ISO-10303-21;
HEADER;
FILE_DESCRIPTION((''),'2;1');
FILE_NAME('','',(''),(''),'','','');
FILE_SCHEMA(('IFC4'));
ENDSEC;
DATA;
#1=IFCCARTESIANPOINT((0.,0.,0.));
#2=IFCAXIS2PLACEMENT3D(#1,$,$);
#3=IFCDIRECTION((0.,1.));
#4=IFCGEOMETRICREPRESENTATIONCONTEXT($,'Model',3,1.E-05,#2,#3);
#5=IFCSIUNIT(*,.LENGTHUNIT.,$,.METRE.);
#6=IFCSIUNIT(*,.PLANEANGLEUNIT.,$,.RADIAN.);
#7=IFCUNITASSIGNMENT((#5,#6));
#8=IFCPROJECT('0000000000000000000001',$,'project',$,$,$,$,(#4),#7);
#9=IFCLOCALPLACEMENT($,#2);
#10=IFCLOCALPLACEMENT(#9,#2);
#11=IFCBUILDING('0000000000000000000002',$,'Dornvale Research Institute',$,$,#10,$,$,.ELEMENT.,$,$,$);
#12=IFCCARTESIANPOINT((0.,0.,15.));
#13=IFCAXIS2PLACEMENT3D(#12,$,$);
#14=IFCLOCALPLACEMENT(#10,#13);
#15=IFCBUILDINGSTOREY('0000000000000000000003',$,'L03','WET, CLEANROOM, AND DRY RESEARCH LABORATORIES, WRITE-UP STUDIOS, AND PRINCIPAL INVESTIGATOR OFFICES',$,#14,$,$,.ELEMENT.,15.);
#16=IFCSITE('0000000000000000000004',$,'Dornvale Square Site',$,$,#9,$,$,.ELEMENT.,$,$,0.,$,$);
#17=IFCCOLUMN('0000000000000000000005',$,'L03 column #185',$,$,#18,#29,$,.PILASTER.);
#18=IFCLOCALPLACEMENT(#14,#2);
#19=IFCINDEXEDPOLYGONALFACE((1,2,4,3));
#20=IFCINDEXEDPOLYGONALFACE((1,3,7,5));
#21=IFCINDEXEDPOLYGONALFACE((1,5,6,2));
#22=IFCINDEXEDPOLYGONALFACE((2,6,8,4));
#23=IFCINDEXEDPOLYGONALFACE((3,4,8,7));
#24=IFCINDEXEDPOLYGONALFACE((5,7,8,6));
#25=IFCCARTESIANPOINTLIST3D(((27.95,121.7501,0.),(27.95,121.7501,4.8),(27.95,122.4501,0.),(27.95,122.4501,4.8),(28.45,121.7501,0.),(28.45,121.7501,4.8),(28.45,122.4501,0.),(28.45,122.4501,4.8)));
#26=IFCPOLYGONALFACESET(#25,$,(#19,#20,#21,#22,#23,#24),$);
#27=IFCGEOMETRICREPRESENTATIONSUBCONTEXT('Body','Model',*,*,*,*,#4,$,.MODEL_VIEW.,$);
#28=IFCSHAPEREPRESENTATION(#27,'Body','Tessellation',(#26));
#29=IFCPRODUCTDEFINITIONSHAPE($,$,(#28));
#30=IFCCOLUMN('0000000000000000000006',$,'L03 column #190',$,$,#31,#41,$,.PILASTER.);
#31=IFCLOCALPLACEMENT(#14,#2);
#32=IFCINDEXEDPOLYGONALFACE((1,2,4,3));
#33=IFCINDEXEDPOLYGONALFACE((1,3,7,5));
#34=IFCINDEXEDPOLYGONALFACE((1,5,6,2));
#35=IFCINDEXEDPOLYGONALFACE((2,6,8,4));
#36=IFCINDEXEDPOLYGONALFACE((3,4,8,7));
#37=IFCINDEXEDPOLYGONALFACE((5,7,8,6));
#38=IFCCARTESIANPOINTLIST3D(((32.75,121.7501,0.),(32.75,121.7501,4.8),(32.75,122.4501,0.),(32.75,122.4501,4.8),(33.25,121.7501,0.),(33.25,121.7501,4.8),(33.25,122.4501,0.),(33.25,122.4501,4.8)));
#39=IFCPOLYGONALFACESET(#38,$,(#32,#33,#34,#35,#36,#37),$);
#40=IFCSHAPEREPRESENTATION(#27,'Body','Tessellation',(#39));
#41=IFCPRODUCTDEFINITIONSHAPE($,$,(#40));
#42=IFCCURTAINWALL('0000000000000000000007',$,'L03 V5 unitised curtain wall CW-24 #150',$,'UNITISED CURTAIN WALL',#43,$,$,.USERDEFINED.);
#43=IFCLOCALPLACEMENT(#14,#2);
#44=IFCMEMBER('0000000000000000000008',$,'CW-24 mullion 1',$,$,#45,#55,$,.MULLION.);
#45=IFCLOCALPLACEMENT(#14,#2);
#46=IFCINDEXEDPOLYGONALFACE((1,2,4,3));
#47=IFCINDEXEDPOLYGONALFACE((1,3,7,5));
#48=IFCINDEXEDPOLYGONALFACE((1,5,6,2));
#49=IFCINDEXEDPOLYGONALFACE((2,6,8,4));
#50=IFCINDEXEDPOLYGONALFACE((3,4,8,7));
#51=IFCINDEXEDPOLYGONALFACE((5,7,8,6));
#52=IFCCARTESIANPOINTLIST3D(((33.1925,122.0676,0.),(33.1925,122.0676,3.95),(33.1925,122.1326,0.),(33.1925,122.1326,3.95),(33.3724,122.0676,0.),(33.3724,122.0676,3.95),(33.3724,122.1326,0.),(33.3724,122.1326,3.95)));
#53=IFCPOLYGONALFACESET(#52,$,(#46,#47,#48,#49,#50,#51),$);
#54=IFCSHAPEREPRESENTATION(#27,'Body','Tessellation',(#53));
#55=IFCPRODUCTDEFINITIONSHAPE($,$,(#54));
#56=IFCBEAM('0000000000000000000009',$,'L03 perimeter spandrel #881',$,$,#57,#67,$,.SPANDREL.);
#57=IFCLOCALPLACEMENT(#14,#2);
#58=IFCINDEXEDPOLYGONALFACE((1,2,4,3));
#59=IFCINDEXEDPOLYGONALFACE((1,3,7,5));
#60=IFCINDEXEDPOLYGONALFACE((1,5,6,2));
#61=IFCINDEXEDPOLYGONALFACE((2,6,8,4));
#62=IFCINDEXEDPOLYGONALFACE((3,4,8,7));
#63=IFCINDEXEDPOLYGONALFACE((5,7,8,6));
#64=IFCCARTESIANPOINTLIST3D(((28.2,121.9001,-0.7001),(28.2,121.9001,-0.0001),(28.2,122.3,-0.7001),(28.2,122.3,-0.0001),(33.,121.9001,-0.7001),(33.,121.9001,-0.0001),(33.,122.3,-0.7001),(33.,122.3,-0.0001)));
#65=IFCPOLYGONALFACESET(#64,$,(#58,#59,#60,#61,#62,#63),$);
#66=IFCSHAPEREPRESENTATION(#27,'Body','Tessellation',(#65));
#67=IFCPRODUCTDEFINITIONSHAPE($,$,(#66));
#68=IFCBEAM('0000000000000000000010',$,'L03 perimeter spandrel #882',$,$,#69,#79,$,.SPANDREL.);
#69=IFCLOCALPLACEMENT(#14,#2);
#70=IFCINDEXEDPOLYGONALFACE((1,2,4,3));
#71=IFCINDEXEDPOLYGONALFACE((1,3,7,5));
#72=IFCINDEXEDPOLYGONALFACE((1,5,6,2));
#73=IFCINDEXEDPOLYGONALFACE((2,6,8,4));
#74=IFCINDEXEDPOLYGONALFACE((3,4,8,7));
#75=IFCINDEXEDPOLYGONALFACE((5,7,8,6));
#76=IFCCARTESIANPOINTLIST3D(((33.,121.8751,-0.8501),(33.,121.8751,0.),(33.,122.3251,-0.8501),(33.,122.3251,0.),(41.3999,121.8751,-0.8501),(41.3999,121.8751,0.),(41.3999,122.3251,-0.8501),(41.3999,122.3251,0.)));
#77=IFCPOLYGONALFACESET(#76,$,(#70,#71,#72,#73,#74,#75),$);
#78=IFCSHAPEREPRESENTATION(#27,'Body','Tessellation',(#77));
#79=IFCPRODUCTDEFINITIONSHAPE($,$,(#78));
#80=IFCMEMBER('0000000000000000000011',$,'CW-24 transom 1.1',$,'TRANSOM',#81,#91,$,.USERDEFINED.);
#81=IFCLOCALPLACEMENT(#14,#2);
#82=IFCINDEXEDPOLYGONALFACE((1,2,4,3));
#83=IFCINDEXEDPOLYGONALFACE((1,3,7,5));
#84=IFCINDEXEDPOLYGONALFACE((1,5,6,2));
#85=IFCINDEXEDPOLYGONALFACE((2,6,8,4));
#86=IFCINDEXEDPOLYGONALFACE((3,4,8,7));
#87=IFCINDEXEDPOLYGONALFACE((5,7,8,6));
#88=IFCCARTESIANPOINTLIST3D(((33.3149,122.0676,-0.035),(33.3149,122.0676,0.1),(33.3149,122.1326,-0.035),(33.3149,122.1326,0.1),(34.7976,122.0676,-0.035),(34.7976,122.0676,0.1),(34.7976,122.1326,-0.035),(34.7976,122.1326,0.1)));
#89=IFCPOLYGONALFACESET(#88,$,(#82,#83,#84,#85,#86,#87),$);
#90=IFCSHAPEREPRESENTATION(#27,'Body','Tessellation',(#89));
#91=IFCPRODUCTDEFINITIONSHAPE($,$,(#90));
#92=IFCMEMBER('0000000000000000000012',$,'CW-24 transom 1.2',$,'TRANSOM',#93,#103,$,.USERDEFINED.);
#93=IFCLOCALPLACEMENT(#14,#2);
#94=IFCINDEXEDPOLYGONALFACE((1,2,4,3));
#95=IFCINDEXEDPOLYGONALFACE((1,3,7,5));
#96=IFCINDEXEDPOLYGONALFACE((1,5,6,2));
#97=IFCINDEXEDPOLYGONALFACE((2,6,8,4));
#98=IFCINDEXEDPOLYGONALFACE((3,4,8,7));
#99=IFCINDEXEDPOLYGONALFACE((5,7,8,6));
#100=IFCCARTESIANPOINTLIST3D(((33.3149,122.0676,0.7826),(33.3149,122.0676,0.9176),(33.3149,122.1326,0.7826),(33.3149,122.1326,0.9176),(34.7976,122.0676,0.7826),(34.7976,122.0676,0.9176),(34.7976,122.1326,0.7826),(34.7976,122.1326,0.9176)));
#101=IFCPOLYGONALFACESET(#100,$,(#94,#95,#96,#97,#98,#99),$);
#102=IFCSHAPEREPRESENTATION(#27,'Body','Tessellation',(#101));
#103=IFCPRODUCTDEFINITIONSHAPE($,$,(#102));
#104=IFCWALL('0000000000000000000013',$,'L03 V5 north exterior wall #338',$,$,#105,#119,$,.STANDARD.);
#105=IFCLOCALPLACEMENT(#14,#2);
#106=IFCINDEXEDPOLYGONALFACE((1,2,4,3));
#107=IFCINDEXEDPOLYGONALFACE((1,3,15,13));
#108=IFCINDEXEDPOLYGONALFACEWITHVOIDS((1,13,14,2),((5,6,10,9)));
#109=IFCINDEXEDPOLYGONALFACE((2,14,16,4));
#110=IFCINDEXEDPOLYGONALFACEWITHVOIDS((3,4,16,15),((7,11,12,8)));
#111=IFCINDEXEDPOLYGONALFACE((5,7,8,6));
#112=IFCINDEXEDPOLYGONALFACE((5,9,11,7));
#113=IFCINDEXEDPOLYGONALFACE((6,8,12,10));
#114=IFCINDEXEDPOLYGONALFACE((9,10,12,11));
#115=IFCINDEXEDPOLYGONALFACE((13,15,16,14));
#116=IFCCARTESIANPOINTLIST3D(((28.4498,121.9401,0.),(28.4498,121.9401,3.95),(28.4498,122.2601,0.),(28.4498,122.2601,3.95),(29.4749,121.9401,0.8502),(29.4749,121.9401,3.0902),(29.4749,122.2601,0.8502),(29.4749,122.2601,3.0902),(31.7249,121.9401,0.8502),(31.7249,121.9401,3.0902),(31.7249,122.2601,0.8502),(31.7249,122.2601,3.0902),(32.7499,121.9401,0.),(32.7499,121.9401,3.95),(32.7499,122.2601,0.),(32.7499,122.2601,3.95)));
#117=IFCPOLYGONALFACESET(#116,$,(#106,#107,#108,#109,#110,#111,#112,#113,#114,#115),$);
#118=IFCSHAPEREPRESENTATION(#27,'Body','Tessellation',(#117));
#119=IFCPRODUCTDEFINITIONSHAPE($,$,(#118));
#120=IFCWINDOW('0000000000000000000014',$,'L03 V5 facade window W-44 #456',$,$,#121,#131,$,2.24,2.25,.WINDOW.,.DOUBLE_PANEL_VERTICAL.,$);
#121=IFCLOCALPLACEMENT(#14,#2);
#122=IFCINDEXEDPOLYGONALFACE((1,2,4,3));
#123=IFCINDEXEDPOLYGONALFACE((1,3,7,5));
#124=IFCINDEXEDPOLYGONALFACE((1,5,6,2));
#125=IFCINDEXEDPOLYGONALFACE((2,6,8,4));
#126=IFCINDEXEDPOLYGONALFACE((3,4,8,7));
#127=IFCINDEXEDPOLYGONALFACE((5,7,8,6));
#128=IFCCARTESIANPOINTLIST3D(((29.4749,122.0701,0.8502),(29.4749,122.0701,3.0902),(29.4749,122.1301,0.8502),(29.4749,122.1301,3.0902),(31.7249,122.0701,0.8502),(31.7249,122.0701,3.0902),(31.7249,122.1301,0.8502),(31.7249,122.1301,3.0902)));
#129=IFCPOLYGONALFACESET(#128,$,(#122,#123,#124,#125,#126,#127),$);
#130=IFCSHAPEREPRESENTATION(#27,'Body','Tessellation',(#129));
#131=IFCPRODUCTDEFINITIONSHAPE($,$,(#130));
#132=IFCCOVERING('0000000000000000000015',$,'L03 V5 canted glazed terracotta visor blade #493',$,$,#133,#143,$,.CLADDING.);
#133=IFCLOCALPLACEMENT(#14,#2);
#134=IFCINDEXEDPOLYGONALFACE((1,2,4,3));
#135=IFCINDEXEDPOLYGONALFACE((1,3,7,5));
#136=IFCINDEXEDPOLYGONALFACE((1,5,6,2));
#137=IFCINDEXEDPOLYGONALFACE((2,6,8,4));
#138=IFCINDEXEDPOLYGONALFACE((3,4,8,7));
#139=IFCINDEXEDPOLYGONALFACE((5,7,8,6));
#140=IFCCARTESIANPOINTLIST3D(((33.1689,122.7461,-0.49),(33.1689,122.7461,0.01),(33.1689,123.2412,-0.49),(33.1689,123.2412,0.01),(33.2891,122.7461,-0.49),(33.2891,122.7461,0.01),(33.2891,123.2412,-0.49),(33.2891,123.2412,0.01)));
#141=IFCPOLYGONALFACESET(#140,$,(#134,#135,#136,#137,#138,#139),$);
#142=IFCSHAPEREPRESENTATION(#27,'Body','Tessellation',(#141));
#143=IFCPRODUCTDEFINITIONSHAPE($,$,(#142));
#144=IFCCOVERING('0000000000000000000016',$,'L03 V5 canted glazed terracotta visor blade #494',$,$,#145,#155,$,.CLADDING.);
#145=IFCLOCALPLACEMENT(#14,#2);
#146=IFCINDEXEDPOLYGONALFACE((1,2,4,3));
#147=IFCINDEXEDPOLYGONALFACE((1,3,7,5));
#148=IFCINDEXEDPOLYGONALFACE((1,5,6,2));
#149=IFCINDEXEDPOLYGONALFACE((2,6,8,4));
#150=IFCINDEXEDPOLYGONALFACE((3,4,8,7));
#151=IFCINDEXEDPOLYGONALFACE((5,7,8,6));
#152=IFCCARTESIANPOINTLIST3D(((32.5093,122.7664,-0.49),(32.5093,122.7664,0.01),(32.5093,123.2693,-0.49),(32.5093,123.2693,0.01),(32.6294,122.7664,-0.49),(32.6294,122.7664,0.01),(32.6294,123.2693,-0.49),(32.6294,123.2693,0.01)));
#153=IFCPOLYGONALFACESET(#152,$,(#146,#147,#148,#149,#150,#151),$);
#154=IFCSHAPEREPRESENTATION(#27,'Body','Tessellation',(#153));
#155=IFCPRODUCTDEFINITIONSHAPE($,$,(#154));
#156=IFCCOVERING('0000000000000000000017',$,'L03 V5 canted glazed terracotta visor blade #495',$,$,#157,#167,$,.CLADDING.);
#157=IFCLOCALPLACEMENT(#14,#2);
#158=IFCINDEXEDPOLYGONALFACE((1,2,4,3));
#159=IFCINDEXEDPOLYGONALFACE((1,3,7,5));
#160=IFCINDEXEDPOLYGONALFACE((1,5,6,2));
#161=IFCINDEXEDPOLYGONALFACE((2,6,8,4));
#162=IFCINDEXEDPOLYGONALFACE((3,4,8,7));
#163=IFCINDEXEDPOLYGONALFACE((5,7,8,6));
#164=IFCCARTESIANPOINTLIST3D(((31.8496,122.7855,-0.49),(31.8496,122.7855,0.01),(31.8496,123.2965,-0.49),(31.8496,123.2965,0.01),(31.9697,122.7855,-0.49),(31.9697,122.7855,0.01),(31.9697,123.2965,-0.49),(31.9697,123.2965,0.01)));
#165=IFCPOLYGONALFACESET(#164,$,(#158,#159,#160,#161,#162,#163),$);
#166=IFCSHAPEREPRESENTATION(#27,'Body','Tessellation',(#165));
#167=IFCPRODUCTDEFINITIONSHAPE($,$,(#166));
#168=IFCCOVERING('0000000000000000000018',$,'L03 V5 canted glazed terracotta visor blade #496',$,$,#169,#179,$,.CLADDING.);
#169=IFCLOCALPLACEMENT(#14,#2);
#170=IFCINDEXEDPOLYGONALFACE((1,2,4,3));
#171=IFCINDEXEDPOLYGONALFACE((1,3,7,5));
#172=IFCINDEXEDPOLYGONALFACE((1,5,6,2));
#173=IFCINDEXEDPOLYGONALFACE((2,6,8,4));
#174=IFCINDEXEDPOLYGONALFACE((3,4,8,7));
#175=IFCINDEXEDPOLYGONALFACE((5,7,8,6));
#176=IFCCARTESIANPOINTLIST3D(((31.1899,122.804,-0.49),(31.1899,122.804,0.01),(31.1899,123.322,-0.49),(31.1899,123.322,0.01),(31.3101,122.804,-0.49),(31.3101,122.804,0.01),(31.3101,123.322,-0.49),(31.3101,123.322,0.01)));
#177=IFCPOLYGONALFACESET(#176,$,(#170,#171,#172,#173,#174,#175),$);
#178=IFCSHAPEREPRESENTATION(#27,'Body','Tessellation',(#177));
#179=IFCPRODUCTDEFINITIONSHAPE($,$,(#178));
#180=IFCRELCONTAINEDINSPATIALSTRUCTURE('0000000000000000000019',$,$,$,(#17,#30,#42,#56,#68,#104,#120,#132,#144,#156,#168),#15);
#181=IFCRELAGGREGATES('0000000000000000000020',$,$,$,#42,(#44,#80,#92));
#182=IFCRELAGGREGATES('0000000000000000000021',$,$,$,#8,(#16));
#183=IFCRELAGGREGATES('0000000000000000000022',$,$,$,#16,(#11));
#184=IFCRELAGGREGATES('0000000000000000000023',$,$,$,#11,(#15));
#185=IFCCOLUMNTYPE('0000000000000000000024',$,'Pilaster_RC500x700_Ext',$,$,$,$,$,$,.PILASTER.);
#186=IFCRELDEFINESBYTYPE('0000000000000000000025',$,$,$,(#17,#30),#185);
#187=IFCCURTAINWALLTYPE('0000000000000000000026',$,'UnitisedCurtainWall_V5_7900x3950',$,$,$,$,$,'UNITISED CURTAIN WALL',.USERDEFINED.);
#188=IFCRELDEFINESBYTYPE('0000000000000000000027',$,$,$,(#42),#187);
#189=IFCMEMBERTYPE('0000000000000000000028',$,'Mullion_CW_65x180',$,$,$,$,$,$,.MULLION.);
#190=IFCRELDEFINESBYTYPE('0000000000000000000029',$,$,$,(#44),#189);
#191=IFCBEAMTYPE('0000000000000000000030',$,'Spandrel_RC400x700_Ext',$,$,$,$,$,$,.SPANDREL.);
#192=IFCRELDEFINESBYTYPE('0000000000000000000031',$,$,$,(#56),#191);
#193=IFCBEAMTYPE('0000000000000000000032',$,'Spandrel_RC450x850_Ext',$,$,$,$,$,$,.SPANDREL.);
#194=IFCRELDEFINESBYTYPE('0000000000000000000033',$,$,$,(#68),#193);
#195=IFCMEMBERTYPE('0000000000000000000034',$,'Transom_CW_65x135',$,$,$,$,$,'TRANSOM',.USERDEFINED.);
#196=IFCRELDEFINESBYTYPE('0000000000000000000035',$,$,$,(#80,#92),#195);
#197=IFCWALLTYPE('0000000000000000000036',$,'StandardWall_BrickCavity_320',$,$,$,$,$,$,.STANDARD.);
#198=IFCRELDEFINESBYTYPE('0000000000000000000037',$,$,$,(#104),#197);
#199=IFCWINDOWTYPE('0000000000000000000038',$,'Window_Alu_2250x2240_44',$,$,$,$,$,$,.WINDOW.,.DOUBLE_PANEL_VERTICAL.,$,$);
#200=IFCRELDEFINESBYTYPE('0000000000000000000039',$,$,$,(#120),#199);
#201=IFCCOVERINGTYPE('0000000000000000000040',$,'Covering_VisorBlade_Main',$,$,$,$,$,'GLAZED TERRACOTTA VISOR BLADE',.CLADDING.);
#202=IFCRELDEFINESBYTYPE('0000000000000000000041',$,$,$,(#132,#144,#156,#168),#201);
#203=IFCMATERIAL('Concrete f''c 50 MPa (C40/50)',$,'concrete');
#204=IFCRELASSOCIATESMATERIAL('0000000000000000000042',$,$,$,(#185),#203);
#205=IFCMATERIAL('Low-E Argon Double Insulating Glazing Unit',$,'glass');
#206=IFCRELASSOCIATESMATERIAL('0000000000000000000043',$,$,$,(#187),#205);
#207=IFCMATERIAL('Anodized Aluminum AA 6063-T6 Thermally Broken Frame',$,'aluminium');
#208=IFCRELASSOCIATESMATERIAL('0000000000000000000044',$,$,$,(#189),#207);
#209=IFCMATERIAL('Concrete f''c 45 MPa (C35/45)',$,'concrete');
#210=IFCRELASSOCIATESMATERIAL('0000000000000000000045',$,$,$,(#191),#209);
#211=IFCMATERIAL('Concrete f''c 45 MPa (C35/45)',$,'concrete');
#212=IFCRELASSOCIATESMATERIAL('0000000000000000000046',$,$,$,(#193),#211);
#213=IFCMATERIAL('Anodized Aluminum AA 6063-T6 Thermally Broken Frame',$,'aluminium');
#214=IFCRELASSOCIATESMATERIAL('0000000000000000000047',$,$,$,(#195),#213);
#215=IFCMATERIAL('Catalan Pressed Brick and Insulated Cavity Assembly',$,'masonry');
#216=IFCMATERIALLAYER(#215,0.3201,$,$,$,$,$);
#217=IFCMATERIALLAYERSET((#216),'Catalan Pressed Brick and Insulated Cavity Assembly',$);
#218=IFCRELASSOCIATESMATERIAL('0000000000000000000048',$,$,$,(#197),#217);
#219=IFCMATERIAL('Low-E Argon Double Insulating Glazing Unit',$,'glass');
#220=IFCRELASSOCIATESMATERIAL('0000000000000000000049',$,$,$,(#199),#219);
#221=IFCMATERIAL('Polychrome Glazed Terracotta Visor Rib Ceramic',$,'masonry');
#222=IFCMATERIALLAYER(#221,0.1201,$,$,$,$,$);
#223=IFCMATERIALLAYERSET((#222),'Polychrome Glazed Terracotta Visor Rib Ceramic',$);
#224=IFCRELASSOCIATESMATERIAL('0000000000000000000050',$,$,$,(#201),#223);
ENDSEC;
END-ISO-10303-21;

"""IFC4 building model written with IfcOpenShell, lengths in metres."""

from ifc_helpers import new_model, si_unit, direction, frame, frame_2d, origin, origin_2d, place, context, subcontext, project, spatial, rectangle, extrude, material, layer, layer_set, material_profile, profile_set, type_object, element, fill, aggregate, save


model = new_model("IFC4")

# Units and contexts
model_context = context("Model", 3, precision=1e-05, world=origin(), true_north=direction((0.0, 1.0)))
body_context = subcontext(model_context, "Body", "Model", "MODEL_VIEW")
ifc_project = project(units=[si_unit("LENGTHUNIT", "METRE"), si_unit("PLANEANGLEUNIT", "RADIAN")], contexts=[model_context])

# Site, building, storey
site_placement = place(None, origin())
site = spatial("IfcSite", under=ifc_project, at=site_placement, Name="Dornvale Square Site", CompositionType="ELEMENT", RefElevation=0.0)
building_placement = place(site_placement, origin())
building = spatial("IfcBuilding", under=site, at=building_placement, Name="Dornvale Research Institute", CompositionType="ELEMENT")
storey_placement = place(building_placement, frame((0.0, 0.0, 15.0)))
storey = spatial("IfcBuildingStorey", under=building, at=storey_placement, Name="L03", Description="WET, CLEANROOM, AND DRY RESEARCH LABORATORIES, WRITE-UP STUDIOS, AND PRINCIPAL INVESTIGATOR OFFICES", CompositionType="ELEMENT", Elevation=15.0)

# Columns
ifc_material_1 = material(Name="Concrete f'c 50 MPa (C40/50)", Category="concrete")
ifc_material_profile_1 = material_profile(ifc_material_1, rectangle(XDim=0.5, YDim=0.7, at=origin_2d()), Name="RC 500x700")
ifc_profile_set_1 = profile_set([ifc_material_profile_1], Name="Concrete f'c 50 MPa (C40/50)")
column_type = type_object("IfcColumnType", Name="Pilaster_RC500x700_Ext", PredefinedType="PILASTER", material=ifc_profile_set_1)
for number, where, z_axis, x_axis, name in (
    (1, (28.2, 122.1001, 0.0), (0.0, 0.0, 1.0), (1.0, 0.0, 0.0), "L03 column #185"),
    (2, (33.0, 122.1001, 0.0), (0.0, 0.0, 1.0), (1.0, 0.0, 0.0), "L03 column #190"),
):
    element("IfcColumn", number, at=place(storey_placement, frame(where, z_axis=z_axis, x_axis=x_axis)), inside=storey, type_object=column_type, Name=name, PredefinedType="PILASTER", context=body_context, shape_type="SweptSolid", body=[
        extrude(rectangle(XDim=0.5, YDim=0.7, at=origin_2d()), origin(), (0.0, 0.0, 1.0), 4.8),
    ])

# Curtain wall, member
ifc_material_2 = material(Name="Low-E Argon Double Insulating Glazing Unit", Category="glass")
curtain_wall_type = type_object("IfcCurtainWallType", Name="UnitisedCurtainWall_V5_7900x3950", ElementType="UNITISED CURTAIN WALL", PredefinedType="USERDEFINED", material=ifc_material_2)
curtain_wall_placement = place(storey_placement, origin())
curtain_wall = element("IfcCurtainWall", 3, at=curtain_wall_placement, inside=storey, type_object=curtain_wall_type, Name="L03 V5 unitised curtain wall CW-24 #150", ObjectType="UNITISED CURTAIN WALL", PredefinedType="USERDEFINED")
ifc_material_3 = material(Name="Anodized Aluminum AA 6063-T6 Thermally Broken Frame", Category="aluminium")
ifc_material_profile_2 = material_profile(ifc_material_3, rectangle(XDim=0.0649, YDim=0.1799, at=origin_2d()), Name="ALU MULLION 65x180")
ifc_profile_set_2 = profile_set([ifc_material_profile_2], Name="Anodized Aluminum AA 6063-T6 Thermally Broken Frame")
member_type_1 = type_object("IfcMemberType", Name="Mullion_CW_65x180", PredefinedType="MULLION", material=ifc_profile_set_2)
member_1_placement = place(storey_placement, frame((33.2825, 122.1001, 0.0), z_axis=(0.0, 0.0, 1.0), x_axis=(0.0, 1.0, 0.0)))
member_1 = element("IfcMember", 4, at=member_1_placement, type_object=member_type_1, Name="CW-24 mullion 1", PredefinedType="MULLION", context=body_context, shape_type="SweptSolid", body=[
    extrude(rectangle(XDim=0.0649, YDim=0.1799, at=origin_2d()), origin(), (0.0, 0.0, 1.0), 3.95),
])

# Beams
ifc_material_4 = material(Name="Concrete f'c 45 MPa (C35/45)", Category="concrete")
ifc_material_profile_3 = material_profile(ifc_material_4, rectangle(XDim=0.3999, YDim=0.7, at=origin_2d()), Name="RC 400x700")
ifc_profile_set_3 = profile_set([ifc_material_profile_3], Name="Concrete f'c 45 MPa (C35/45)")
beam_type_1 = type_object("IfcBeamType", Name="Spandrel_RC400x700_Ext", PredefinedType="SPANDREL", material=ifc_profile_set_3)
beam_1_placement = place(storey_placement, frame((28.2, 122.1001, -0.3501), z_axis=(1.0, 0.0, 0.0), x_axis=(0.0, 1.0, 0.0)))
element("IfcBeam", 5, at=beam_1_placement, inside=storey, type_object=beam_type_1, Name="L03 perimeter spandrel #881", PredefinedType="SPANDREL", context=body_context, shape_type="SweptSolid", body=[
    extrude(rectangle(XDim=0.3999, YDim=0.7, at=origin_2d()), origin(), (0.0, 0.0, 1.0), 4.8),
])
ifc_material_5 = material(Name="Concrete f'c 45 MPa (C35/45)", Category="concrete")
ifc_material_profile_4 = material_profile(ifc_material_5, rectangle(XDim=0.45, YDim=0.8501, at=origin_2d()), Name="RC 450x850")
ifc_profile_set_4 = profile_set([ifc_material_profile_4], Name="Concrete f'c 45 MPa (C35/45)")
beam_type_2 = type_object("IfcBeamType", Name="Spandrel_RC450x850_Ext", PredefinedType="SPANDREL", material=ifc_profile_set_4)
beam_2_placement = place(storey_placement, frame((33.0, 122.1001, -0.425), z_axis=(1.0, 0.0, 0.0), x_axis=(0.0, 1.0, 0.0)))
element("IfcBeam", 6, at=beam_2_placement, inside=storey, type_object=beam_type_2, Name="L03 perimeter spandrel #882", PredefinedType="SPANDREL", context=body_context, shape_type="SweptSolid", body=[
    extrude(rectangle(XDim=0.45, YDim=0.8501, at=origin_2d()), origin(), (0.0, 0.0, 1.0), 8.3999),
])

# Members
ifc_material_6 = material(Name="Anodized Aluminum AA 6063-T6 Thermally Broken Frame", Category="aluminium")
ifc_material_profile_5 = material_profile(ifc_material_6, rectangle(XDim=0.0649, YDim=0.135, at=origin_2d()), Name="ALU TRANSOM 65x135")
ifc_profile_set_5 = profile_set([ifc_material_profile_5], Name="Anodized Aluminum AA 6063-T6 Thermally Broken Frame")
member_type_2 = type_object("IfcMemberType", Name="Transom_CW_65x135", ElementType="TRANSOM", PredefinedType="USERDEFINED", material=ifc_profile_set_5)
member_2_placement = place(storey_placement, frame((33.3149, 122.1001, 0.0325), z_axis=(1.0, 0.0, 0.0), x_axis=(0.0, 1.0, 0.0)))
member_2 = element("IfcMember", 7, at=member_2_placement, type_object=member_type_2, Name="CW-24 transom 1.1", ObjectType="TRANSOM", PredefinedType="USERDEFINED", context=body_context, shape_type="SweptSolid", body=[
    extrude(rectangle(XDim=0.0649, YDim=0.135, at=origin_2d()), origin(), (0.0, 0.0, 1.0), 1.4827),
])
member_3_placement = place(storey_placement, frame((33.3149, 122.1001, 0.8501), z_axis=(1.0, 0.0, 0.0), x_axis=(0.0, 1.0, 0.0)))
member_3 = element("IfcMember", 8, at=member_3_placement, type_object=member_type_2, Name="CW-24 transom 1.2", ObjectType="TRANSOM", PredefinedType="USERDEFINED", context=body_context, shape_type="SweptSolid", body=[
    extrude(rectangle(XDim=0.0649, YDim=0.135, at=origin_2d()), origin(), (0.0, 0.0, 1.0), 1.4827),
])
aggregate(curtain_wall, [member_1, member_2, member_3])

# Wall, opening, window
ifc_material_7 = material(Name="Catalan Pressed Brick and Insulated Cavity Assembly", Category="masonry")
ifc_layer_1 = layer(ifc_material_7, 0.3201)
ifc_layer_set_1 = layer_set([ifc_layer_1], Name="Catalan Pressed Brick and Insulated Cavity Assembly")
wall_type = type_object("IfcWallType", Name="StandardWall_BrickCavity_320", PredefinedType="STANDARD", material=ifc_layer_set_1)
wall_placement = place(storey_placement, frame((28.45, 122.1001, 0.0), z_axis=(0.0, 0.0, 1.0), x_axis=(1.0, 0.0, 0.0)))
wall = element("IfcWall", 9, at=wall_placement, inside=storey, type_object=wall_type, Name="L03 V5 north exterior wall #338", PredefinedType="STANDARD", context=body_context, shape_type="SweptSolid", body=[
    extrude(rectangle(XDim=4.3, YDim=0.3201, at=frame_2d((2.1499, 0.0))), origin(), (0.0, 0.0, 1.0), 3.95),
])
opening_placement = place(wall_placement, frame((1.0249, 0.0, 0.8501)))
opening = element("IfcOpeningElement", 10, at=opening_placement, cuts=wall, PredefinedType="OPENING", context=body_context, shape_type="SweptSolid", body=[
    extrude(rectangle(XDim=2.25, YDim=2.24, at=frame_2d((1.125, 1.1201))), frame((0.0, 0.175, 0.0), z_axis=(0.0, -1.0, 0.0), x_axis=(1.0, 0.0, 0.0)), (0.0, 0.0, 1.0), 0.3501),
])
ifc_material_8 = material(Name="Low-E Argon Double Insulating Glazing Unit", Category="glass")
window_type = type_object("IfcWindowType", Name="Window_Alu_2250x2240_44", PartitioningType="DOUBLE_PANEL_VERTICAL", PredefinedType="WINDOW", material=ifc_material_8)
window_placement = place(opening_placement, origin())
window = element("IfcWindow", 11, at=window_placement, inside=storey, type_object=window_type, Name="L03 V5 facade window W-44 #456", OverallHeight=2.24, OverallWidth=2.25, PartitioningType="DOUBLE_PANEL_VERTICAL", PredefinedType="WINDOW", context=body_context, shape_type="SweptSolid", body=[
    extrude(rectangle(XDim=2.25, YDim=2.24, at=frame_2d((1.125, 1.1201))), frame((0.0, 0.03, 0.0), z_axis=(0.0, -1.0, 0.0), x_axis=(1.0, 0.0, 0.0)), (0.0, 0.0, 1.0), 0.0601),
])
fill(opening, window)

# Coverings
ifc_material_9 = material(Name="Polychrome Glazed Terracotta Visor Rib Ceramic", Category="masonry")
ifc_layer_2 = layer(ifc_material_9, 0.1201)
ifc_layer_set_2 = layer_set([ifc_layer_2], Name="Polychrome Glazed Terracotta Visor Rib Ceramic")
covering_type = type_object("IfcCoveringType", Name="Covering_VisorBlade_Main", ElementType="GLAZED TERRACOTTA VISOR BLADE", PredefinedType="CLADDING", material=ifc_layer_set_2)
covering_1_placement = place(storey_placement, frame((33.229, 122.9937, -0.49), z_axis=(0.0, 0.0, 1.0), x_axis=(0.0, 1.0, 0.0)))
element("IfcCovering", 12, at=covering_1_placement, inside=storey, type_object=covering_type, Name="L03 V5 canted glazed terracotta visor blade #493", PredefinedType="CLADDING", context=body_context, shape_type="SweptSolid", body=[
    extrude(rectangle(XDim=0.4951, YDim=0.1201, at=origin_2d()), origin(), (0.0, 0.0, 1.0), 0.5),
])
covering_2_placement = place(storey_placement, frame((32.5693, 123.0178, -0.49), z_axis=(0.0, 0.0, 1.0), x_axis=(0.0, 1.0, 0.0)))
element("IfcCovering", 13, at=covering_2_placement, inside=storey, type_object=covering_type, Name="L03 V5 canted glazed terracotta visor blade #494", PredefinedType="CLADDING", context=body_context, shape_type="SweptSolid", body=[
    extrude(rectangle(XDim=0.5029, YDim=0.1201, at=origin_2d()), origin(), (0.0, 0.0, 1.0), 0.5),
])
covering_3_placement = place(storey_placement, frame((31.9097, 123.041, -0.49), z_axis=(0.0, 0.0, 1.0), x_axis=(0.0, 1.0, 0.0)))
element("IfcCovering", 14, at=covering_3_placement, inside=storey, type_object=covering_type, Name="L03 V5 canted glazed terracotta visor blade #495", PredefinedType="CLADDING", context=body_context, shape_type="SweptSolid", body=[
    extrude(rectangle(XDim=0.511, YDim=0.1201, at=origin_2d()), origin(), (0.0, 0.0, 1.0), 0.5),
])
covering_4_placement = place(storey_placement, frame((31.25, 123.063, -0.49), z_axis=(0.0, 0.0, 1.0), x_axis=(0.0, 1.0, 0.0)))
element("IfcCovering", 15, at=covering_4_placement, inside=storey, type_object=covering_type, Name="L03 V5 canted glazed terracotta visor blade #496", PredefinedType="CLADDING", context=body_context, shape_type="SweptSolid", body=[
    extrude(rectangle(XDim=0.5181, YDim=0.1201, at=origin_2d()), origin(), (0.0, 0.0, 1.0), 0.5),
])

save(model, "model.ifc")
